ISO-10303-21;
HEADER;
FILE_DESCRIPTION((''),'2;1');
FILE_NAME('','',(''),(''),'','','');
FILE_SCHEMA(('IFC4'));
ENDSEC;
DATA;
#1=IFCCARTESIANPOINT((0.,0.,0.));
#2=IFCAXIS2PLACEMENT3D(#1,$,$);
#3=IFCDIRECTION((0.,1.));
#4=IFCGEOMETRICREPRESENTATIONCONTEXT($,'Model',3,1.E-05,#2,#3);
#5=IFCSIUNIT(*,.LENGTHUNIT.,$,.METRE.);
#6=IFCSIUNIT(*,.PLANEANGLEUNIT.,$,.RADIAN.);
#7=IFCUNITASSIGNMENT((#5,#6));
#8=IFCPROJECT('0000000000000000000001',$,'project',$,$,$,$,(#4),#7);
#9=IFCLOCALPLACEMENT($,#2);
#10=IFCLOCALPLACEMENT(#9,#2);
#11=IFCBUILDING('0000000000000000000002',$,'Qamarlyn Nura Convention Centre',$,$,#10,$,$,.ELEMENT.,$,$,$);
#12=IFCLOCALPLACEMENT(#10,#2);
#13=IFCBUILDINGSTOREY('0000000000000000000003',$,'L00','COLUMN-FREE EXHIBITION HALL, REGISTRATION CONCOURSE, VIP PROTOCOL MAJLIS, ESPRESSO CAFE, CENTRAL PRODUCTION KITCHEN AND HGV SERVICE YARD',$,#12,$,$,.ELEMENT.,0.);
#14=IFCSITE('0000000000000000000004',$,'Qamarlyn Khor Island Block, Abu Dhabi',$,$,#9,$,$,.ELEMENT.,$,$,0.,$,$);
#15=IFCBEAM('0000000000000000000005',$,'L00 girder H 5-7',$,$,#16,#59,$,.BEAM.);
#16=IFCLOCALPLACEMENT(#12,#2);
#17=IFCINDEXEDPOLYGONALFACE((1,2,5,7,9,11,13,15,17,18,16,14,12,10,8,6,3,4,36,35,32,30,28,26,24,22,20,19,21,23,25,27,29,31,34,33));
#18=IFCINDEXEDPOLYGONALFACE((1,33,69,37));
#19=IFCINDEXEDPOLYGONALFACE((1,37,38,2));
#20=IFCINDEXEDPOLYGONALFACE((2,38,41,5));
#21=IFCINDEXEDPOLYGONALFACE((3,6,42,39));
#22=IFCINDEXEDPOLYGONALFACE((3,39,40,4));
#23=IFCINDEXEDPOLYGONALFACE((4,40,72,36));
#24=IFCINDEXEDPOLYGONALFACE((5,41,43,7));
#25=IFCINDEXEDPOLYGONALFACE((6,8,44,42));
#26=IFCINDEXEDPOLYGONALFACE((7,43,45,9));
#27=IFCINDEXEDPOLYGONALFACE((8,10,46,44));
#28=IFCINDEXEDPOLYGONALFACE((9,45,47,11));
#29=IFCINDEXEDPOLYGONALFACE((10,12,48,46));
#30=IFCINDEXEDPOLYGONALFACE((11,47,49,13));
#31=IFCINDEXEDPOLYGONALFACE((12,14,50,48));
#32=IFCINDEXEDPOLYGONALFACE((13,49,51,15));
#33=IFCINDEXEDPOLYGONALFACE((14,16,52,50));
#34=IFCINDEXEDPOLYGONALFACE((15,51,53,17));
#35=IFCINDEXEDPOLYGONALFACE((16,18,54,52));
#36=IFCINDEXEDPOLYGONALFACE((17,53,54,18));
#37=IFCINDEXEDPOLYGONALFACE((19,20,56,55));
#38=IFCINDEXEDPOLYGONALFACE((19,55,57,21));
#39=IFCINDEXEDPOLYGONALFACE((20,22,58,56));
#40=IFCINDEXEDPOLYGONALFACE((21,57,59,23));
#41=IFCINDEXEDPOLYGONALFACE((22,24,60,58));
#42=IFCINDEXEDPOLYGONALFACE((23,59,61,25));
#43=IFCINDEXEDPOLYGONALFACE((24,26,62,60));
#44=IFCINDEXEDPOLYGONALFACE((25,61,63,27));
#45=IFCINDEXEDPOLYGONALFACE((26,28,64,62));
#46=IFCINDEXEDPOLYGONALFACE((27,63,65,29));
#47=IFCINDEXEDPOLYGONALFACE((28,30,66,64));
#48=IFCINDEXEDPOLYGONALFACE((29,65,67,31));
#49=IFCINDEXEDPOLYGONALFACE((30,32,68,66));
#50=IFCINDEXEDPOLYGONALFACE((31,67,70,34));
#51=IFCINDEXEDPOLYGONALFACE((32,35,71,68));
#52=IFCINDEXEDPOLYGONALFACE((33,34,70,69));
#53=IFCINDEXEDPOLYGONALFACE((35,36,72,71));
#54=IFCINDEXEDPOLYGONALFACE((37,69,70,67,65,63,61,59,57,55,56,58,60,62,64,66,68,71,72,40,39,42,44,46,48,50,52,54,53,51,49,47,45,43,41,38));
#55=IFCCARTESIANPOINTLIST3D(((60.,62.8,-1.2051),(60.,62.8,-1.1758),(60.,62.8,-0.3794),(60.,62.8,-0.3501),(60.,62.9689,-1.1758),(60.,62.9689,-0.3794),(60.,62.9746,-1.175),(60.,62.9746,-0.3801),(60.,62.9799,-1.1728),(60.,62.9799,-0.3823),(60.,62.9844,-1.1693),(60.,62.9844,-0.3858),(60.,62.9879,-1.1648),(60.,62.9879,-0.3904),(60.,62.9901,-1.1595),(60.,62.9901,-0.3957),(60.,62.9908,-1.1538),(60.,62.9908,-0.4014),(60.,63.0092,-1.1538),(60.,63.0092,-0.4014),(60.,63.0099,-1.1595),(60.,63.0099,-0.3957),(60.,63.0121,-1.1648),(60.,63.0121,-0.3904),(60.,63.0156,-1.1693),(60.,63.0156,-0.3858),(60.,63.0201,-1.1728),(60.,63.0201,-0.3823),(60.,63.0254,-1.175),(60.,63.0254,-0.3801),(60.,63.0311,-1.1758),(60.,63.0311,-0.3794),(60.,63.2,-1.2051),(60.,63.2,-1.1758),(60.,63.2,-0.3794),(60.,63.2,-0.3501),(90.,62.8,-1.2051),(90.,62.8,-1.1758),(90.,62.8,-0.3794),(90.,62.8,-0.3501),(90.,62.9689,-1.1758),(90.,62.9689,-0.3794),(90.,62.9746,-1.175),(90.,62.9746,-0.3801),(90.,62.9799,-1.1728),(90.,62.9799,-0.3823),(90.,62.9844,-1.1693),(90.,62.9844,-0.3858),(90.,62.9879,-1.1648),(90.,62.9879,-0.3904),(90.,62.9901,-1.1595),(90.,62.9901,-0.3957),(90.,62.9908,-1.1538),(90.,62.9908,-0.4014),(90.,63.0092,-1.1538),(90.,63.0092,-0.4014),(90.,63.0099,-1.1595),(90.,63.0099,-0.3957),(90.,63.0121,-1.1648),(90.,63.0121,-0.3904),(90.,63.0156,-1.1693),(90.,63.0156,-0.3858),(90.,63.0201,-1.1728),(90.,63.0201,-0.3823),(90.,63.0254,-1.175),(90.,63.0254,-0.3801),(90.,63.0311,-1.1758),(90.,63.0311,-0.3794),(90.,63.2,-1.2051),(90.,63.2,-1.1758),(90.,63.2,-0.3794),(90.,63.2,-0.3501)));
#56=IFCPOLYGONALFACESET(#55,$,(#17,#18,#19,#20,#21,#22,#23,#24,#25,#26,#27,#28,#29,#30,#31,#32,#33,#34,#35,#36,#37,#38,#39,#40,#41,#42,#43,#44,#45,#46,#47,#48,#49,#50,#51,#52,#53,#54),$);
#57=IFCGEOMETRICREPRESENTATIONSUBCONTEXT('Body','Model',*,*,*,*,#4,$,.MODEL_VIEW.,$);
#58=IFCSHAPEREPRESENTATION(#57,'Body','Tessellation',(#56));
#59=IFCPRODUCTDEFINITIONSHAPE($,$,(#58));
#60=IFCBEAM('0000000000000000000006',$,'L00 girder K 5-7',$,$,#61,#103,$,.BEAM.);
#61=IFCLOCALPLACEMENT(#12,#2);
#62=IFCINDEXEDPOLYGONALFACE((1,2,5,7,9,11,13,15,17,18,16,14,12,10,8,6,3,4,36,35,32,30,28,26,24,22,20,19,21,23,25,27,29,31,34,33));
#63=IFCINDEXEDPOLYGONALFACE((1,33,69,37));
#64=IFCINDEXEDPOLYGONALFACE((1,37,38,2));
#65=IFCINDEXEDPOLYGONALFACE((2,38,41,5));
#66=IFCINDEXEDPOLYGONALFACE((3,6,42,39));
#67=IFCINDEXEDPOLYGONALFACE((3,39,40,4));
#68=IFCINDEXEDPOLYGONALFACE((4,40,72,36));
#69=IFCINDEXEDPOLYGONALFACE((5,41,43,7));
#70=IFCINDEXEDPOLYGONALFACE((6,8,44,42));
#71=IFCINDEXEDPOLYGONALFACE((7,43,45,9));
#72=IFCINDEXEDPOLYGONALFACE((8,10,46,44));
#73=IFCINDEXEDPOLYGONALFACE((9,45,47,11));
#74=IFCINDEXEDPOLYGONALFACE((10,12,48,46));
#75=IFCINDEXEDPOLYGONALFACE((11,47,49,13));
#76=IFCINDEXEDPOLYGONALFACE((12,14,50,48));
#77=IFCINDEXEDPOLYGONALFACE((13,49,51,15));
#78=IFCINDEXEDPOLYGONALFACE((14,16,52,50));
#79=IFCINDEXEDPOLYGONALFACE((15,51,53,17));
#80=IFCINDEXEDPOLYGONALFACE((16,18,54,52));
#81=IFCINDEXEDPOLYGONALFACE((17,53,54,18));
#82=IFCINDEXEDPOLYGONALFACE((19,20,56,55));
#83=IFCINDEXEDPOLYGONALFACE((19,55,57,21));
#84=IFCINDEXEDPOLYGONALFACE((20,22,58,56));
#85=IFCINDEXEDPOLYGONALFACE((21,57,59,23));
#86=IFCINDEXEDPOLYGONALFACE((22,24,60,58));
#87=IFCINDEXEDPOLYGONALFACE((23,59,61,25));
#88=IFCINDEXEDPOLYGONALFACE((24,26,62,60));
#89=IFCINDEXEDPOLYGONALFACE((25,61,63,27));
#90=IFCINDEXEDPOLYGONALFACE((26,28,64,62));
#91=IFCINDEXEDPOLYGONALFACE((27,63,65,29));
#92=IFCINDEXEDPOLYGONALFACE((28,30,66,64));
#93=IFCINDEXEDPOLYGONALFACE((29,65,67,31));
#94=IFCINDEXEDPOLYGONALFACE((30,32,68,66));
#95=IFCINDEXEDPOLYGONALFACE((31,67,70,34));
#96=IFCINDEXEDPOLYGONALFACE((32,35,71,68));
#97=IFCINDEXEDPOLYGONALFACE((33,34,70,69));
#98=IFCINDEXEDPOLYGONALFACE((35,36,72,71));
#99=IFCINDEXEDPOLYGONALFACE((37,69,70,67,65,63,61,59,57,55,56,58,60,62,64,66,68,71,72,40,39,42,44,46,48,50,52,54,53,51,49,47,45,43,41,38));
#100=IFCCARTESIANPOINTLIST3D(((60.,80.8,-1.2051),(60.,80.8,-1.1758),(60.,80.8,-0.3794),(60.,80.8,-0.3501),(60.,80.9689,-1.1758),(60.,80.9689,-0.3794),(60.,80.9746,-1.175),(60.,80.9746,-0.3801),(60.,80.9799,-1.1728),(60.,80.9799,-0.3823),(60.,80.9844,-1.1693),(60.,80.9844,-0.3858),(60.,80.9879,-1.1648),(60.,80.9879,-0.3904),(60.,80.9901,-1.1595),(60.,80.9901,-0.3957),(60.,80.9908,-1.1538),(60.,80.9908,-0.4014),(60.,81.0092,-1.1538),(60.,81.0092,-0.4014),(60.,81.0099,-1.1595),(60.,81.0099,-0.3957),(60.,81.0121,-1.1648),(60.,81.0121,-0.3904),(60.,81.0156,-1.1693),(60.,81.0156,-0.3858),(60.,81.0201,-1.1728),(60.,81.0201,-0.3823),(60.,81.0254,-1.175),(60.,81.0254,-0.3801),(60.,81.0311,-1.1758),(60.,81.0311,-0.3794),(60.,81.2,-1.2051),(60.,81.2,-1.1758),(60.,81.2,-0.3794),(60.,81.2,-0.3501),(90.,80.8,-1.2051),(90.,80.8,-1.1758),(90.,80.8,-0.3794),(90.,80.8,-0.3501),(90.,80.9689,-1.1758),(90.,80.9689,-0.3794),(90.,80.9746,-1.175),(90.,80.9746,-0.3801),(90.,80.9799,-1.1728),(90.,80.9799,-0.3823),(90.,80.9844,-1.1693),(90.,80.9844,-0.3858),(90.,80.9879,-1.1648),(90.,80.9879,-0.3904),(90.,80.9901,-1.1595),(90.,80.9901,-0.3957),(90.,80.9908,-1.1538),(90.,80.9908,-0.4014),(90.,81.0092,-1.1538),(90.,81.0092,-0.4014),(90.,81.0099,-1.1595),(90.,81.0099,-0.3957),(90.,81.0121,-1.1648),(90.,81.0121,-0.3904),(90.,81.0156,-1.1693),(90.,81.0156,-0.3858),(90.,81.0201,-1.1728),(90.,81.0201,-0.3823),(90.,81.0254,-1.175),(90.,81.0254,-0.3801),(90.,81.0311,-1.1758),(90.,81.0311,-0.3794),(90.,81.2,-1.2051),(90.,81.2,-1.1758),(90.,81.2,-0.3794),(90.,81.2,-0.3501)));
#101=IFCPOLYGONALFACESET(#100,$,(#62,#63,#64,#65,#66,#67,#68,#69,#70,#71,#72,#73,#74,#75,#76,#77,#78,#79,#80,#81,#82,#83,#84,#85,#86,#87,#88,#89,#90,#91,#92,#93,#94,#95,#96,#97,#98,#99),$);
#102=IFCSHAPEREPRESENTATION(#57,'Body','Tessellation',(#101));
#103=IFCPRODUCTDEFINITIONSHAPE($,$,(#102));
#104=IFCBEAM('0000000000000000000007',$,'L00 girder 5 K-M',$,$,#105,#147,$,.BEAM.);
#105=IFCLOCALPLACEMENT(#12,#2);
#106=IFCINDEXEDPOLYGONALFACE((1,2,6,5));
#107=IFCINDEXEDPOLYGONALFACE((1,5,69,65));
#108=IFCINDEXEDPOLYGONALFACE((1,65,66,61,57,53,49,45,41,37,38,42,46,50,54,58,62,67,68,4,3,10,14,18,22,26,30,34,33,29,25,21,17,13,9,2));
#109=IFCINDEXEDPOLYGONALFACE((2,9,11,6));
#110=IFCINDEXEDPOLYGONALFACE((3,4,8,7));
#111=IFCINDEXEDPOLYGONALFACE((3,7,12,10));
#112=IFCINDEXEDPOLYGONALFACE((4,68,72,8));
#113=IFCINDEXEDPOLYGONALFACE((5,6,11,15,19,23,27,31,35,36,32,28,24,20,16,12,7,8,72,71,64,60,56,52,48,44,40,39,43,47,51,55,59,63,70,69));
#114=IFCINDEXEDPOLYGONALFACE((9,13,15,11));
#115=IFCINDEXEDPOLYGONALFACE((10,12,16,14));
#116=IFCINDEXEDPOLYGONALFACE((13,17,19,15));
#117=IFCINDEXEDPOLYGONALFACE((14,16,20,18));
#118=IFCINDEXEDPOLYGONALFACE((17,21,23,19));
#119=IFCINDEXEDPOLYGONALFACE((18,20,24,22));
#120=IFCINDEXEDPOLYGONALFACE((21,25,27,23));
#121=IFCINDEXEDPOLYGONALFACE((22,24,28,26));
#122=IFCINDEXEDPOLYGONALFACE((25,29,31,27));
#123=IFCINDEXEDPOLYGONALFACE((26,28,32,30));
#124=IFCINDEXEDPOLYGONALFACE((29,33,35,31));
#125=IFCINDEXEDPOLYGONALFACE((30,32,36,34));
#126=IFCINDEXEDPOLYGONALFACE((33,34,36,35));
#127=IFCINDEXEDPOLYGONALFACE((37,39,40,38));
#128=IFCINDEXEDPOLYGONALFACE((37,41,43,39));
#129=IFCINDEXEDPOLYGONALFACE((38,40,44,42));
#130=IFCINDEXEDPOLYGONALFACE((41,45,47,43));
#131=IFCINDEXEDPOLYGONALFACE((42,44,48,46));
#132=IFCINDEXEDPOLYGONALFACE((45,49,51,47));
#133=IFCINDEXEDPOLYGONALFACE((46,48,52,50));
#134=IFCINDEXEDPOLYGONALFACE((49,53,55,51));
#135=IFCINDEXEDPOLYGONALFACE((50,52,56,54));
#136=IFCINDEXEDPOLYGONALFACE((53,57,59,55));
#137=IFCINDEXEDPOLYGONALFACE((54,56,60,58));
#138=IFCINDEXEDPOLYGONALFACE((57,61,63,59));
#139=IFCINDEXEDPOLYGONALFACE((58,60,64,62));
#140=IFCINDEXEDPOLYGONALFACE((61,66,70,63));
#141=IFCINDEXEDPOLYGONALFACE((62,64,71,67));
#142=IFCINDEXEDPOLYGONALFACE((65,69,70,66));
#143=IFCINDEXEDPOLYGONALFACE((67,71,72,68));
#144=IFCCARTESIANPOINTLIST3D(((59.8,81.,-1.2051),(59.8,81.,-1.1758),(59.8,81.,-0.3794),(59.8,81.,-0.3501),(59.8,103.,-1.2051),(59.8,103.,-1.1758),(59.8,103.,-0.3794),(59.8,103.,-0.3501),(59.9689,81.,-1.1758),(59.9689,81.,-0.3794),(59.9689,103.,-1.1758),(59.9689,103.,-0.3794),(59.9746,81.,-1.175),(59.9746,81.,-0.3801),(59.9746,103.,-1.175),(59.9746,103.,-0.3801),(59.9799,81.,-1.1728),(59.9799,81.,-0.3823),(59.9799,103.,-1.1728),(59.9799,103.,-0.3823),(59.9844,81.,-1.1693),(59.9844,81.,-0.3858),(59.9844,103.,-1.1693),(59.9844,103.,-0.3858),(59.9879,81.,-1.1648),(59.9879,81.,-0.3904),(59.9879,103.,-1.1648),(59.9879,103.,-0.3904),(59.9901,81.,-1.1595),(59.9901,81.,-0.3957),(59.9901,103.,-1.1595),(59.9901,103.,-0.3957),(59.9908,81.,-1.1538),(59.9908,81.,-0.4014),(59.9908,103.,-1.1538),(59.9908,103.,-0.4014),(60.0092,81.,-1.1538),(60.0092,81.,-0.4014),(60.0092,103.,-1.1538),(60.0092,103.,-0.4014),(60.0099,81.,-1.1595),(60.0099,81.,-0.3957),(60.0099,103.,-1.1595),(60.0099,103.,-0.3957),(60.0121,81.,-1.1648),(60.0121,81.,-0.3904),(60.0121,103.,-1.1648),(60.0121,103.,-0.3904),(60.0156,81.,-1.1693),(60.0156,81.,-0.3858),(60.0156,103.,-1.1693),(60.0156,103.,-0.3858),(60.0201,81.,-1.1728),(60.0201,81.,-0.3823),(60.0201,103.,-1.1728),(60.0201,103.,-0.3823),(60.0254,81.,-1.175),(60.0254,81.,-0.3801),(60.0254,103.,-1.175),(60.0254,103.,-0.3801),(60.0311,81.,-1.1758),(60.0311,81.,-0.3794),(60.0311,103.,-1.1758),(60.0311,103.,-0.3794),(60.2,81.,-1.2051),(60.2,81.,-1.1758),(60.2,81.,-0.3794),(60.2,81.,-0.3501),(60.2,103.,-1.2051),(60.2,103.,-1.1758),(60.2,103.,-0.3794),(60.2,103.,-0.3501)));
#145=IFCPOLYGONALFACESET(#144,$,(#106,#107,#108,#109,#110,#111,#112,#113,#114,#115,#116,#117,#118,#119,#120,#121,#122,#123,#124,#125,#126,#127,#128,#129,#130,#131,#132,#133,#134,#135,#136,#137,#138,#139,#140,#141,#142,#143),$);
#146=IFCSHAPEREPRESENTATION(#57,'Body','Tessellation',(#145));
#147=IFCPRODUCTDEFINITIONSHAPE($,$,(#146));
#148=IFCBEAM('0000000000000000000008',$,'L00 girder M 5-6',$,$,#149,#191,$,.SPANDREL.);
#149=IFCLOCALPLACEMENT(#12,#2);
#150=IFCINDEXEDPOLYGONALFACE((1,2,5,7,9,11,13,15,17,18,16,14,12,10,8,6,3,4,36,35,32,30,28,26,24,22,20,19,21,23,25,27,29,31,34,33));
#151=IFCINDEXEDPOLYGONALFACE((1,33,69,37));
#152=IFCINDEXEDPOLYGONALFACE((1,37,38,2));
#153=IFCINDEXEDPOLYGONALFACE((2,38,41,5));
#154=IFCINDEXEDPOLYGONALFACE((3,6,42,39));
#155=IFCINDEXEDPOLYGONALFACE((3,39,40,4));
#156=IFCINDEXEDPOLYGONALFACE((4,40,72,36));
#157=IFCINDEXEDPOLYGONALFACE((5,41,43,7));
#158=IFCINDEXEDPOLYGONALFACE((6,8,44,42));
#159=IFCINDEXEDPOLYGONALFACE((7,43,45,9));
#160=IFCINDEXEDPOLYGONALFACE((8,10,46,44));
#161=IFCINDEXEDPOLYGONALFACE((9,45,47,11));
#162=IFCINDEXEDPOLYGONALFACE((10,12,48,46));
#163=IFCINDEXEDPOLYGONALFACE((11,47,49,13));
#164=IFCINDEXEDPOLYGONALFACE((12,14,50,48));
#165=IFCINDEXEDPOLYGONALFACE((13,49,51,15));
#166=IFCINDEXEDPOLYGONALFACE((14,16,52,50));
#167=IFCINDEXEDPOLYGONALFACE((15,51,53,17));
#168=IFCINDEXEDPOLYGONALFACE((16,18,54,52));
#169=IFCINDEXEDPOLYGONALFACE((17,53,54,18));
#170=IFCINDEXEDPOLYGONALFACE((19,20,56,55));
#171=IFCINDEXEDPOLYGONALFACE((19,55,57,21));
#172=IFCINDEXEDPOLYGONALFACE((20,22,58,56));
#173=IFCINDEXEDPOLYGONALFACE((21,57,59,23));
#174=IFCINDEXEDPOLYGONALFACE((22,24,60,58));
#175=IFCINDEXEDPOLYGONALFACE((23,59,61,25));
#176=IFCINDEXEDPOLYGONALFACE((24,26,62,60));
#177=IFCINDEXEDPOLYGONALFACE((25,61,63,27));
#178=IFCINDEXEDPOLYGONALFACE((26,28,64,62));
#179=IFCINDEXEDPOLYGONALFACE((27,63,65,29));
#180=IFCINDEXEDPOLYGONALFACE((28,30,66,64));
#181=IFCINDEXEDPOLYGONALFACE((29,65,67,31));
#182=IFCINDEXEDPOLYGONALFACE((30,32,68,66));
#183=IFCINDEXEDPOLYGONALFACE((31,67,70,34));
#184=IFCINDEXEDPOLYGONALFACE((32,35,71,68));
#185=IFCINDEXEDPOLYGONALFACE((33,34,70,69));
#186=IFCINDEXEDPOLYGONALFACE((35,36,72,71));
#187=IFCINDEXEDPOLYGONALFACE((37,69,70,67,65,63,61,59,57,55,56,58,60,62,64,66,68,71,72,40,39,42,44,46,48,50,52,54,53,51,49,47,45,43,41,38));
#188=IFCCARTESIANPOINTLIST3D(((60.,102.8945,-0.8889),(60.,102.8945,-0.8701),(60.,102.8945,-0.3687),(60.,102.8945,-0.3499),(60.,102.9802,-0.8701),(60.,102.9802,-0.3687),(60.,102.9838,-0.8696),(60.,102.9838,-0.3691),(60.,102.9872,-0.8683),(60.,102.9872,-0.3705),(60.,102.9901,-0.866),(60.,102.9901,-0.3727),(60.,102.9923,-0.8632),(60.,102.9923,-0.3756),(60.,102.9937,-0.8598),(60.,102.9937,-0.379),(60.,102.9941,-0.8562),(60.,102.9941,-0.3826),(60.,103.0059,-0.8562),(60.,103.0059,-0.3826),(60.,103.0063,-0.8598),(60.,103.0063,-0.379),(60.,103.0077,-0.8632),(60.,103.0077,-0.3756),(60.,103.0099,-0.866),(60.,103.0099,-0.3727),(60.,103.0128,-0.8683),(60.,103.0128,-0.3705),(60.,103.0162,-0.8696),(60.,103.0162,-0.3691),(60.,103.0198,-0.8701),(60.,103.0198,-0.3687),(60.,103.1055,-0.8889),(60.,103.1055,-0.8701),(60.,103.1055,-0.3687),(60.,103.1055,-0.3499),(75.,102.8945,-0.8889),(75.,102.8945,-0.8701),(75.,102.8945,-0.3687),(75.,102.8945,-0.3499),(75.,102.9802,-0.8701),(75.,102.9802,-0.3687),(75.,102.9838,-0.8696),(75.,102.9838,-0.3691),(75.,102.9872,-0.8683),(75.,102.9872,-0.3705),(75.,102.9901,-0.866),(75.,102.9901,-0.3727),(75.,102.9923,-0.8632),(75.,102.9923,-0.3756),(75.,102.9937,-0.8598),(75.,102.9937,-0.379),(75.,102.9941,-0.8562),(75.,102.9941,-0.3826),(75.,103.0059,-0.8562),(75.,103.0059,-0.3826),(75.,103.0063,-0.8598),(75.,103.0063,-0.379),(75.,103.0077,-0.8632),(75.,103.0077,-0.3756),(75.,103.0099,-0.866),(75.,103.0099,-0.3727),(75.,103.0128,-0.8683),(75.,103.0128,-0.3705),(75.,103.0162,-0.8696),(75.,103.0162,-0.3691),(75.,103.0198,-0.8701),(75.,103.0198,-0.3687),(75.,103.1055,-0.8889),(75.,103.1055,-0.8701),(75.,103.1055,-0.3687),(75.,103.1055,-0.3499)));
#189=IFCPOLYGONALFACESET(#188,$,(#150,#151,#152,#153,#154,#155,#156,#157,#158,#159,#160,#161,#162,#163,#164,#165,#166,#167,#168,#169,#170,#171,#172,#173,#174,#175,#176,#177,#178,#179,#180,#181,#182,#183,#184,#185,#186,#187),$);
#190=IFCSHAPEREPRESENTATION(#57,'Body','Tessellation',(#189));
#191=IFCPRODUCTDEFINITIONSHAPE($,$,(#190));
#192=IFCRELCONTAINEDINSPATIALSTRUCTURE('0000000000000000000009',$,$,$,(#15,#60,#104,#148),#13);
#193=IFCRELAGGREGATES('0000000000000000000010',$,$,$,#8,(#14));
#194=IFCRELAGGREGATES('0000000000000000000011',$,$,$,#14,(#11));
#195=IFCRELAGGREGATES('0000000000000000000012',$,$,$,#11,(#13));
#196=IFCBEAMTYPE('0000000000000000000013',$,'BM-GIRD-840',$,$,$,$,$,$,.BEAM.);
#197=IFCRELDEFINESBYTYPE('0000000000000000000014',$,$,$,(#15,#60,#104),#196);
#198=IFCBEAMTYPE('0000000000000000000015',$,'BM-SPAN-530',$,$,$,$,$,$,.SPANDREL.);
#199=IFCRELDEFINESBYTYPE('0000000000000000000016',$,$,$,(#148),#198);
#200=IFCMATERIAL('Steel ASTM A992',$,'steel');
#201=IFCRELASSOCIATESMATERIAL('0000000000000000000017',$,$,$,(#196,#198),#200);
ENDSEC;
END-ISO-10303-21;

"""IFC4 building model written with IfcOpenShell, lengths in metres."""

from ifc_helpers import new_model, si_unit, direction, frame, origin, origin_2d, place, context, subcontext, project, spatial, i_section, extrude, material, material_profile, profile_set, type_object, element, save


model = new_model("IFC4")

# Units and contexts
model_context = context("Model", 3, precision=1e-05, world=origin(), true_north=direction((0.0, 1.0)))
body_context = subcontext(model_context, "Body", "Model", "MODEL_VIEW")
ifc_project = project(units=[si_unit("LENGTHUNIT", "METRE"), si_unit("PLANEANGLEUNIT", "RADIAN")], contexts=[model_context])

# Site, building, storey
site_placement = place(None, origin())
site = spatial("IfcSite", under=ifc_project, at=site_placement, Name="Qamarlyn Khor Island Block, Abu Dhabi", CompositionType="ELEMENT", RefElevation=0.0)
building_placement = place(site_placement, origin())
building = spatial("IfcBuilding", under=site, at=building_placement, Name="Qamarlyn Nura Convention Centre", CompositionType="ELEMENT")
storey_placement = place(building_placement, origin())
storey = spatial("IfcBuildingStorey", under=building, at=storey_placement, Name="L00", Description="COLUMN-FREE EXHIBITION HALL, REGISTRATION CONCOURSE, VIP PROTOCOL MAJLIS, ESPRESSO CAFE, CENTRAL PRODUCTION KITCHEN AND HGV SERVICE YARD", CompositionType="ELEMENT", Elevation=0.0)

# Beams
ifc_material_1 = material(Name="Steel ASTM A992", Category="steel")
ifc_material_profile_1 = material_profile(ifc_material_1, i_section(OverallWidth=0.3999, OverallDepth=0.855, WebThickness=0.0183, FlangeThickness=0.0293, FilletRadius=0.022, at=origin_2d()), Name="W840X299")
ifc_profile_set_1 = profile_set([ifc_material_profile_1], Name="Steel ASTM A992")
beam_type_1 = type_object("IfcBeamType", Name="BM-GIRD-840", PredefinedType="BEAM", material=ifc_profile_set_1)
for number, where, z_axis, x_axis, name in (
    (1, (60.0, 63.0, -0.7776), (1.0, 0.0, 0.0), (0.0, 1.0, 0.0), "L00 girder H 5-7"),
    (2, (60.0, 81.0, -0.7776), (1.0, 0.0, 0.0), (0.0, 1.0, 0.0), "L00 girder K 5-7"),
):
    element("IfcBeam", number, at=place(storey_placement, frame(where, z_axis=z_axis, x_axis=x_axis)), inside=storey, type_object=beam_type_1, Name=name, PredefinedType="BEAM", context=body_context, shape_type="SweptSolid", body=[
        extrude(i_section(OverallWidth=0.3999, OverallDepth=0.855, WebThickness=0.0183, FlangeThickness=0.0293, FilletRadius=0.022, at=origin_2d()), origin(), (0.0, 0.0, 1.0), 30.0),
    ])
beam_1_placement = place(storey_placement, frame((60.0, 81.0, -0.7776), z_axis=(0.0, 1.0, 0.0), x_axis=(-1.0, 0.0, 0.0)))
element("IfcBeam", 3, at=beam_1_placement, inside=storey, type_object=beam_type_1, Name="L00 girder 5 K-M", PredefinedType="BEAM", context=body_context, shape_type="SweptSolid", body=[
    extrude(i_section(OverallWidth=0.3999, OverallDepth=0.855, WebThickness=0.0183, FlangeThickness=0.0293, FilletRadius=0.022, at=origin_2d()), origin(), (0.0, 0.0, 1.0), 22.0),
])
ifc_material_profile_2 = material_profile(ifc_material_1, i_section(OverallWidth=0.2109, OverallDepth=0.5391, WebThickness=0.0117, FlangeThickness=0.0188, FilletRadius=0.0139, at=origin_2d()), Name="W530X109")
ifc_profile_set_2 = profile_set([ifc_material_profile_2], Name="Steel ASTM A992")
beam_type_2 = type_object("IfcBeamType", Name="BM-SPAN-530", PredefinedType="SPANDREL", material=ifc_profile_set_2)
beam_2_placement = place(storey_placement, frame((60.0, 103.0, -0.6194), z_axis=(1.0, 0.0, 0.0), x_axis=(0.0, 1.0, 0.0)))
element("IfcBeam", 4, at=beam_2_placement, inside=storey, type_object=beam_type_2, Name="L00 girder M 5-6", PredefinedType="SPANDREL", context=body_context, shape_type="SweptSolid", body=[
    extrude(i_section(OverallWidth=0.2109, OverallDepth=0.5391, WebThickness=0.0117, FlangeThickness=0.0188, FilletRadius=0.0139, at=origin_2d()), origin(), (0.0, 0.0, 1.0), 15.0),
])

save(model, "model.ifc")
